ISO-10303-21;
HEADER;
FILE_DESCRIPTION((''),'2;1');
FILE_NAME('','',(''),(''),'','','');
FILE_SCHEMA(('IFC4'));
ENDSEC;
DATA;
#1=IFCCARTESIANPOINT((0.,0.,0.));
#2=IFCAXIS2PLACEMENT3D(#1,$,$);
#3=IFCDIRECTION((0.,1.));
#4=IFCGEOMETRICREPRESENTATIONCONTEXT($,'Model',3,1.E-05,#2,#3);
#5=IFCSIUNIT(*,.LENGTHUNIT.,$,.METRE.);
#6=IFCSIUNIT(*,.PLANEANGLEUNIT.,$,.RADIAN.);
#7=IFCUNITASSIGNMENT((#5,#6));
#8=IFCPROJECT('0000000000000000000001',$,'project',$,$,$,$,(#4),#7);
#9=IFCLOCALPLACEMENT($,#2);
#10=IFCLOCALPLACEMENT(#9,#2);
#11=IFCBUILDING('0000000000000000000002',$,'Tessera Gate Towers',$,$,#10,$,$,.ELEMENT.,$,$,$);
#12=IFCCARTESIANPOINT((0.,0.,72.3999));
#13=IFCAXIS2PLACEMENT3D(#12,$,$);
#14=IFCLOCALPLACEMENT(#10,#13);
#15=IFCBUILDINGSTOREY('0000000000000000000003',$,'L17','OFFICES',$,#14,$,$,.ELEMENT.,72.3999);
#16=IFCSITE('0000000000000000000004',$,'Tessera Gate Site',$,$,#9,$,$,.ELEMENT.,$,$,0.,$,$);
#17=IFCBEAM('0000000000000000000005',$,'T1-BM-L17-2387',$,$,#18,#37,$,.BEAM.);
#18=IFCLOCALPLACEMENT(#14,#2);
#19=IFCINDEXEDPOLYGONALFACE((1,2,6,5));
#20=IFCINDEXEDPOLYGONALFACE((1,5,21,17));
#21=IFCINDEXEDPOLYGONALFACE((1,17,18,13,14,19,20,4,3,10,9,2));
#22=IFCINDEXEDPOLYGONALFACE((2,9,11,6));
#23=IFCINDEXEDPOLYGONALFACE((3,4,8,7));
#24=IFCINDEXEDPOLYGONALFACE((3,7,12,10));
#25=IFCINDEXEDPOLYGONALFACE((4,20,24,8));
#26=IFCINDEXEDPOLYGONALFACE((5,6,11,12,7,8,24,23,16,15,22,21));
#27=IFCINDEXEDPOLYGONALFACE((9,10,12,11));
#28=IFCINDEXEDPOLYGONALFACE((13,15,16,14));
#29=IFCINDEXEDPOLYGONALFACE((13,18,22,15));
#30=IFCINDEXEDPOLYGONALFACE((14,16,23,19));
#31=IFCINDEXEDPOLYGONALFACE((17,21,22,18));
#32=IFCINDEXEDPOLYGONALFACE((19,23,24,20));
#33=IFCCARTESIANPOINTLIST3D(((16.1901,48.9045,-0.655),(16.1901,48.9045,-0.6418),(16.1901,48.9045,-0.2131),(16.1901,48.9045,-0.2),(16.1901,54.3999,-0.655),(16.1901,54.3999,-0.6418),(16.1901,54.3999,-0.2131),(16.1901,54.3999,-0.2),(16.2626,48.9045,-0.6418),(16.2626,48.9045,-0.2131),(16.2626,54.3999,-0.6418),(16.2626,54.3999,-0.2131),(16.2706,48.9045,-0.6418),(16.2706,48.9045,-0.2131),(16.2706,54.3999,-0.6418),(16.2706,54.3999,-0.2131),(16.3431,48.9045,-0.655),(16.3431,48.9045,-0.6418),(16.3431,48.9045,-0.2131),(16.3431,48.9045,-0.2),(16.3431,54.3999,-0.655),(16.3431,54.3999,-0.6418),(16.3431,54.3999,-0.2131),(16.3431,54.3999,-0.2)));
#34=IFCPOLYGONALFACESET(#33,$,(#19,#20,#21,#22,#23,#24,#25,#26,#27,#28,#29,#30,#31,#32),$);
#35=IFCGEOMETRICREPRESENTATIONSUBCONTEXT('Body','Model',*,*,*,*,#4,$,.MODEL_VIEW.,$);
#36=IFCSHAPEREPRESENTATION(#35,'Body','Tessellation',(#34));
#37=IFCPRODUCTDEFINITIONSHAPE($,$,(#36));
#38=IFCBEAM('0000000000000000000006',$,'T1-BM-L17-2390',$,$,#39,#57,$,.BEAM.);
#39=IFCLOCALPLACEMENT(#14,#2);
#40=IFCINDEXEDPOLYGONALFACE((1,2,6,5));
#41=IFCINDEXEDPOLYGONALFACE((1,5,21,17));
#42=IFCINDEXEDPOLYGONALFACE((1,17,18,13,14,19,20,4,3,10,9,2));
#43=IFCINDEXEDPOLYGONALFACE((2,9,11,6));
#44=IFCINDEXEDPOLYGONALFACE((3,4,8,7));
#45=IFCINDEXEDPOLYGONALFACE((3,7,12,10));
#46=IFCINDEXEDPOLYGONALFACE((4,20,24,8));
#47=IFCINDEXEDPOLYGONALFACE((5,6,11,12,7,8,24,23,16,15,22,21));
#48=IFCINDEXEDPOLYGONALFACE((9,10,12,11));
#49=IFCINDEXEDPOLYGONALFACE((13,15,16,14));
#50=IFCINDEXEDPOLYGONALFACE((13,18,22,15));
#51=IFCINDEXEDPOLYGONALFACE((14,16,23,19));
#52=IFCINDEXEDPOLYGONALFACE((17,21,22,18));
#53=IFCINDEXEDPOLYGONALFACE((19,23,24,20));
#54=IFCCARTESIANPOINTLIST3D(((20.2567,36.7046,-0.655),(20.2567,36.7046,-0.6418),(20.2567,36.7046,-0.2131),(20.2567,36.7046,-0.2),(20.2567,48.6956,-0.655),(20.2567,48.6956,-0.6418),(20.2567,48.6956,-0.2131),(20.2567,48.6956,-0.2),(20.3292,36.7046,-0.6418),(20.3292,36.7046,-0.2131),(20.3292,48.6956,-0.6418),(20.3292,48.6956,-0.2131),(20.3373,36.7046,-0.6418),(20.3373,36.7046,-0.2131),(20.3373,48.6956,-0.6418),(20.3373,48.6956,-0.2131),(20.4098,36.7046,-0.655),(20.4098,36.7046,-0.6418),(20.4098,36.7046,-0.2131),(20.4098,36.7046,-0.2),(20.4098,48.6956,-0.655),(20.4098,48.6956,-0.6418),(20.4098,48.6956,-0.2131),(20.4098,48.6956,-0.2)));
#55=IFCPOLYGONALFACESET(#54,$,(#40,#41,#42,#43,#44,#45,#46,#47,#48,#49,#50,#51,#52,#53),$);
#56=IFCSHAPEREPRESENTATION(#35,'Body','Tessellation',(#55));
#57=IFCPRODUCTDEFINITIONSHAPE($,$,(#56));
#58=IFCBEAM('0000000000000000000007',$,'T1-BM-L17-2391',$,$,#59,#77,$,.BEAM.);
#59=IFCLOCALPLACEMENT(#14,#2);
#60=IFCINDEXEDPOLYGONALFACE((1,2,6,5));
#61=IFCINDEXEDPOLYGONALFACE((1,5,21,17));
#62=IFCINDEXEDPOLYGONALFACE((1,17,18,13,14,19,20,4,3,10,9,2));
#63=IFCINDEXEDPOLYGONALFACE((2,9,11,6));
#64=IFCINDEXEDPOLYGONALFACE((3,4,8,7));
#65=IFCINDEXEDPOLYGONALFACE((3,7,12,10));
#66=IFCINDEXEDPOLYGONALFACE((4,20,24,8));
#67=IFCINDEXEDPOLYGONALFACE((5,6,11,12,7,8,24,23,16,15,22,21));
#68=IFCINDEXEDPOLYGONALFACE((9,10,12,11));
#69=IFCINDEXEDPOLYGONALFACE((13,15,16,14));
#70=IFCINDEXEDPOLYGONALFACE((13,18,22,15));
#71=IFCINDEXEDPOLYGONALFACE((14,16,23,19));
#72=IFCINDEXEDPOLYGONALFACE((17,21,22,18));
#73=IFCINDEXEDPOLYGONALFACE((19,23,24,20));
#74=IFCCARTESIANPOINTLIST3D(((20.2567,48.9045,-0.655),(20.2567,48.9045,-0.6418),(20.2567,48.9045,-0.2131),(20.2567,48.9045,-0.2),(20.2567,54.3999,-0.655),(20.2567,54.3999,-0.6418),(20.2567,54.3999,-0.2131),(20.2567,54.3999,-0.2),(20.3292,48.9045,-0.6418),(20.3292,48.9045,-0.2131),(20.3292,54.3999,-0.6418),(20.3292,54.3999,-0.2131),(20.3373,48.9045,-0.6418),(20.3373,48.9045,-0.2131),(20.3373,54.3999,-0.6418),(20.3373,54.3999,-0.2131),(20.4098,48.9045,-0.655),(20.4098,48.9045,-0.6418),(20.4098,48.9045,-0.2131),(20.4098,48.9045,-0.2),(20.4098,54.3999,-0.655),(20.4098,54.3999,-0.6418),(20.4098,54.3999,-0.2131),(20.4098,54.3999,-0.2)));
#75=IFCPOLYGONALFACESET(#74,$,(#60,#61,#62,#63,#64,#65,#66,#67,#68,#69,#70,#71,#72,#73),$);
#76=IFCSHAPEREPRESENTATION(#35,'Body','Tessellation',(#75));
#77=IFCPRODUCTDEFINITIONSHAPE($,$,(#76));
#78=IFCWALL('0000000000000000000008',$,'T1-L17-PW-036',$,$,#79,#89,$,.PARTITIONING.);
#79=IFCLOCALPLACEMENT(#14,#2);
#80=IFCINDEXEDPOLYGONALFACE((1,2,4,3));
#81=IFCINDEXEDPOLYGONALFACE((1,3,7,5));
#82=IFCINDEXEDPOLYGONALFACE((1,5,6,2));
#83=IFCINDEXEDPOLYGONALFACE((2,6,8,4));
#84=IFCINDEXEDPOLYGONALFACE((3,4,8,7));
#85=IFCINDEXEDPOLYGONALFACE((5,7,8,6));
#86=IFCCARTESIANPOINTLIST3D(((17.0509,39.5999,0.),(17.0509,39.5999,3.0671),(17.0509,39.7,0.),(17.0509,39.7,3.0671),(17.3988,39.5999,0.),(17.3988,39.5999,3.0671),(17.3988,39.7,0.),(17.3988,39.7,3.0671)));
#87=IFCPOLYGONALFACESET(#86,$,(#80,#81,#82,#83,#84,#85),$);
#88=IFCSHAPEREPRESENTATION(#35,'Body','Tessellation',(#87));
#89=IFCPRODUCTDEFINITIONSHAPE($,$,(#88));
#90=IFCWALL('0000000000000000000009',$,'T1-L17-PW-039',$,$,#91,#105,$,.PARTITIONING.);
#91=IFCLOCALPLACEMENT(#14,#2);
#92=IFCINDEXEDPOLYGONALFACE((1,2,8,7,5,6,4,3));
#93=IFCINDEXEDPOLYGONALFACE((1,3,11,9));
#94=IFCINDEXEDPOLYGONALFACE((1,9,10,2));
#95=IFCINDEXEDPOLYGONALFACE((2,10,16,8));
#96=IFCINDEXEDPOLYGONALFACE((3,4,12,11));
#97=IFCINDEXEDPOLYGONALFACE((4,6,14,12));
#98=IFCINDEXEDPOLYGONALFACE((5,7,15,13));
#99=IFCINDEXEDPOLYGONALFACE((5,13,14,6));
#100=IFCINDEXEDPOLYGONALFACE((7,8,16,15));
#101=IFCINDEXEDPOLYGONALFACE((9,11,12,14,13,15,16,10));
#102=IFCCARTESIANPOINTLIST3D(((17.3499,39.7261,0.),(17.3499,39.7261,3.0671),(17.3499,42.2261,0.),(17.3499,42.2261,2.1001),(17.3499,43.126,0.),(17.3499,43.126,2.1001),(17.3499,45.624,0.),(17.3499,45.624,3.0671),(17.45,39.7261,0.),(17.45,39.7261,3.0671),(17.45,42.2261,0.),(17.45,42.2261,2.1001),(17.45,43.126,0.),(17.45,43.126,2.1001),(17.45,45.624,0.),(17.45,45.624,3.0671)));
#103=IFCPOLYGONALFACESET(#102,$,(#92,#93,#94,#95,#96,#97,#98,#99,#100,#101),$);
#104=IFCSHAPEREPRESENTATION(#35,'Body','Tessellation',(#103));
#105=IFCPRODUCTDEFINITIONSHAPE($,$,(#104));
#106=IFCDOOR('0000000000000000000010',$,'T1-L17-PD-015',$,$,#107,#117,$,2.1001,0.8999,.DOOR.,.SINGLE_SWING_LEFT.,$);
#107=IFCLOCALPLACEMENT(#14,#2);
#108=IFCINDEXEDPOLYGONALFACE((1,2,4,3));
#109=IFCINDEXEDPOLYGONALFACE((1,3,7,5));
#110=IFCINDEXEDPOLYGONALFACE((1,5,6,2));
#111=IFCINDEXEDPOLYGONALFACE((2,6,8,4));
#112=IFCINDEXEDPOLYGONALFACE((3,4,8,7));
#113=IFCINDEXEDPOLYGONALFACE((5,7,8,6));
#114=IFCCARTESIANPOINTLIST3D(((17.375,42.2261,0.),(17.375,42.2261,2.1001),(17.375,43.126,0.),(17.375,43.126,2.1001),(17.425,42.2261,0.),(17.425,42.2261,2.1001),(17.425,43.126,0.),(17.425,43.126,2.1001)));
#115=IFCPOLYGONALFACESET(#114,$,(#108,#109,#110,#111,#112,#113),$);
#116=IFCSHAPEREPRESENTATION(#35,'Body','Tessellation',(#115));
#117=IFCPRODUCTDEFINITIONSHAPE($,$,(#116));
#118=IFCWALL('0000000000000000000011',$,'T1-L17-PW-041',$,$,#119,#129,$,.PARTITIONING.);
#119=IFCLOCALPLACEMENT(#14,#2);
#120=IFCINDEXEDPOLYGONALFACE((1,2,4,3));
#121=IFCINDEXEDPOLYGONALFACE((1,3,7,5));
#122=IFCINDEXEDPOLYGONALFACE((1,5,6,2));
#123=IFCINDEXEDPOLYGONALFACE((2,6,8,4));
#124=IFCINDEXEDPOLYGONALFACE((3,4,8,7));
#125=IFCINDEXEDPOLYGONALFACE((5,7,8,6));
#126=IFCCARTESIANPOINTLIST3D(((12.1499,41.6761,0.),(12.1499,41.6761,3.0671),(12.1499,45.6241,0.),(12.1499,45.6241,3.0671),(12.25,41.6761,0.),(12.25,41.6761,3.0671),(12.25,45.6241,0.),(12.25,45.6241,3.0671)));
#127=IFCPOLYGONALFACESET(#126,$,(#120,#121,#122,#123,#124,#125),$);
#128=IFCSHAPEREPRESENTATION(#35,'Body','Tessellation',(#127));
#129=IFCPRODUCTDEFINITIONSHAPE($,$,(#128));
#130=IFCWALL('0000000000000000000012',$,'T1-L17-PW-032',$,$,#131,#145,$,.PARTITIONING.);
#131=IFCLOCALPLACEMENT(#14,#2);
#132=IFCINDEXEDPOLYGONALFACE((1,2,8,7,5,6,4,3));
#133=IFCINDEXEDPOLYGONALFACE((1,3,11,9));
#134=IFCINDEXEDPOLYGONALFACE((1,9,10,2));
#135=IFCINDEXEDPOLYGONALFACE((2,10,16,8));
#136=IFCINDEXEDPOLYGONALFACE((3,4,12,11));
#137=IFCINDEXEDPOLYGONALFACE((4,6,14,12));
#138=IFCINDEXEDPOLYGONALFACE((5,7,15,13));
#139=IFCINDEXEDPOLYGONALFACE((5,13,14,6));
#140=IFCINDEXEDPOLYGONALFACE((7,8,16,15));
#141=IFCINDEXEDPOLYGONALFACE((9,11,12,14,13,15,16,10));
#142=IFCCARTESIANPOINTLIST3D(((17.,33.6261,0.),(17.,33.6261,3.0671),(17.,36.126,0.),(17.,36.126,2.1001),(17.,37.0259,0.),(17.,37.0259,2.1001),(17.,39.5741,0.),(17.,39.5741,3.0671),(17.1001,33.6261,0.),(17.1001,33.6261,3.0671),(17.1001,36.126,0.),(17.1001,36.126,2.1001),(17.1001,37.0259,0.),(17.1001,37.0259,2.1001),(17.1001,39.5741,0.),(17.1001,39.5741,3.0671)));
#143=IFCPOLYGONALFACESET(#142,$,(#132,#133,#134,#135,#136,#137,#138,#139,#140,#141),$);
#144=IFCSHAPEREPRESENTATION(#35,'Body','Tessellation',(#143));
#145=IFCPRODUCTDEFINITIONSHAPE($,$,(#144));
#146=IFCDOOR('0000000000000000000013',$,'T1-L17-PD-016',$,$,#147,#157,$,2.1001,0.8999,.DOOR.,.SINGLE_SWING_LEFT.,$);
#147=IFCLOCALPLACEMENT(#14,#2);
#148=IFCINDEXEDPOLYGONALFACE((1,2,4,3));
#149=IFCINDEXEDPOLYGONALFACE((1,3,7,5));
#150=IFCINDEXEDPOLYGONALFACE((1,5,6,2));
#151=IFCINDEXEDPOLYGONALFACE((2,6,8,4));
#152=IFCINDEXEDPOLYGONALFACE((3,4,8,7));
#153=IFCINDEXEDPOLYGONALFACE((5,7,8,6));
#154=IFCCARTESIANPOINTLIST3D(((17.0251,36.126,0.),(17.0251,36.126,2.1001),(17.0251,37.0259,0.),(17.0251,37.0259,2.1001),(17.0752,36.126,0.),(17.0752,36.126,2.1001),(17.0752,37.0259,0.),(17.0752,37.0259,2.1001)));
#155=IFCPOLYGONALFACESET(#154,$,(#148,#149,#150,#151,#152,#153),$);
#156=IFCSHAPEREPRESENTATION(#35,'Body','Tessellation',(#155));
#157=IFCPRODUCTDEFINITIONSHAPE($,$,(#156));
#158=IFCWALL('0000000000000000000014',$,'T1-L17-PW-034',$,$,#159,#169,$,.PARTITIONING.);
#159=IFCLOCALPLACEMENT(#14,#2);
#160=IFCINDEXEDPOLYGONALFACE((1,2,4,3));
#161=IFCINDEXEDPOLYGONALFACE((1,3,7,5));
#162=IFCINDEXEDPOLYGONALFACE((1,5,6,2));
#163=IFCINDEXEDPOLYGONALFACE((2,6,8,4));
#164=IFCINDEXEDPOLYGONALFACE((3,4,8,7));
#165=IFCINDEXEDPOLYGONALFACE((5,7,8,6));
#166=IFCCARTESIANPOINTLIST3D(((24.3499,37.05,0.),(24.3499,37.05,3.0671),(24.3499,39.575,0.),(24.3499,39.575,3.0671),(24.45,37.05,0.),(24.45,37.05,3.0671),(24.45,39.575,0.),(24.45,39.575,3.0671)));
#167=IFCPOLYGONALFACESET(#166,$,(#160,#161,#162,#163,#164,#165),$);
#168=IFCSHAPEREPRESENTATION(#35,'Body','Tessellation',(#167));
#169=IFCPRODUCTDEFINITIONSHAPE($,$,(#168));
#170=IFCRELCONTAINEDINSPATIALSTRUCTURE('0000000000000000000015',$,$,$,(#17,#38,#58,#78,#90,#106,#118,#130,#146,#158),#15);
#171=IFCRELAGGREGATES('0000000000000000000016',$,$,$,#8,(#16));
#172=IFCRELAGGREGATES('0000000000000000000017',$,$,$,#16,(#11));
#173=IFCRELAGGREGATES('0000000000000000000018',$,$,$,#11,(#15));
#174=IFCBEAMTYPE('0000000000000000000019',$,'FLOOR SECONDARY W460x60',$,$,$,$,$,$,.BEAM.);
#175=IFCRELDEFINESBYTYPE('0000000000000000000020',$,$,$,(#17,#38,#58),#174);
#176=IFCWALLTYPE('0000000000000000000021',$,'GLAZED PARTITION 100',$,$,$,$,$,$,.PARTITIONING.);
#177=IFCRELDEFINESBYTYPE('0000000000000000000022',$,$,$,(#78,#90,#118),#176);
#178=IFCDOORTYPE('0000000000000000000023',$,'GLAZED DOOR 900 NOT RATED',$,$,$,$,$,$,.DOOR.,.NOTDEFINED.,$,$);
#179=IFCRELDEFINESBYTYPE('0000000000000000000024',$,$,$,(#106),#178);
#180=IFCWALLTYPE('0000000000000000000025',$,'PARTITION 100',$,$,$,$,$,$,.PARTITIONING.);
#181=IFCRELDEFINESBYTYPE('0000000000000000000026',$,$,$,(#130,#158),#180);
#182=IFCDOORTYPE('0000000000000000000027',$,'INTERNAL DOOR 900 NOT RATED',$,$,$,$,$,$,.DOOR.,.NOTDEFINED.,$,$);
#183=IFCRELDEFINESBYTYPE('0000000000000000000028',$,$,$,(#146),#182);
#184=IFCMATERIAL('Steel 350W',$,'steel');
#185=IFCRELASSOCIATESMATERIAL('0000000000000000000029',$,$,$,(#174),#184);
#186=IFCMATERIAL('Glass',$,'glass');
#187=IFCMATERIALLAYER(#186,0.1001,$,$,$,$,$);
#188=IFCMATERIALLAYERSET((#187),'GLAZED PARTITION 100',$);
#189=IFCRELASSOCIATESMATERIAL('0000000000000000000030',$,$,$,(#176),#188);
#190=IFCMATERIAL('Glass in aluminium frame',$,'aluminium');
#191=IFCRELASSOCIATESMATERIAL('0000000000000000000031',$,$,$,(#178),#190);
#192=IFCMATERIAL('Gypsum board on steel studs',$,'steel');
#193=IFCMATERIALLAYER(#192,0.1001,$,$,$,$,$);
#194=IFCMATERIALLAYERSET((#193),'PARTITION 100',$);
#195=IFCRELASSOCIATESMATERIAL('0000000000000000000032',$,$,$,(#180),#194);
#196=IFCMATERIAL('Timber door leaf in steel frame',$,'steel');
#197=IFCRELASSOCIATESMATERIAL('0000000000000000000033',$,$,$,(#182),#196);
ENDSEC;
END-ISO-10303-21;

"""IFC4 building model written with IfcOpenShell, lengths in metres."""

from ifc_helpers import new_model, si_unit, direction, frame, frame_2d, origin, origin_2d, place, context, subcontext, project, spatial, rectangle, i_section, extrude, source, transform, mapped, material, layer, layer_set, material_profile, profile_set, type_object, element, fill, save


model = new_model("IFC4")

# Units and contexts
model_context = context("Model", 3, precision=1e-05, world=origin(), true_north=direction((0.0, 1.0)))
body_context = subcontext(model_context, "Body", "Model", "MODEL_VIEW")
ifc_project = project(units=[si_unit("LENGTHUNIT", "METRE"), si_unit("PLANEANGLEUNIT", "RADIAN")], contexts=[model_context])

# Site, building, storey
site_placement = place(None, origin())
site = spatial("IfcSite", under=ifc_project, at=site_placement, Name="Tessera Gate Site", CompositionType="ELEMENT", RefElevation=0.0)
building_placement = place(site_placement, origin())
building = spatial("IfcBuilding", under=site, at=building_placement, Name="Tessera Gate Towers", CompositionType="ELEMENT")
storey_placement = place(building_placement, frame((0.0, 0.0, 72.3999)))
storey = spatial("IfcBuildingStorey", under=building, at=storey_placement, Name="L17", Description="OFFICES", CompositionType="ELEMENT", Elevation=72.3999)

# Beams
ifc_material_1 = material(Name="Steel 350W", Category="steel")
ifc_material_profile_1 = material_profile(ifc_material_1, i_section(OverallWidth=0.1531, OverallDepth=0.4551, WebThickness=0.0081, FlangeThickness=0.0132, at=origin_2d()), Name="W460x60")
ifc_profile_set_1 = profile_set([ifc_material_profile_1], Name="Steel 350W")
beam_type_1 = type_object("IfcBeamType", Name="FLOOR SECONDARY W460x60", PredefinedType="BEAM", material=ifc_profile_set_1)
beam_1_placement = place(storey_placement, frame((16.2666, 48.9045, -0.4275), z_axis=(0.0, 1.0, 0.0), x_axis=(-1.0, 0.0, 0.0)))
element("IfcBeam", 1, at=beam_1_placement, inside=storey, type_object=beam_type_1, Name="T1-BM-L17-2387", PredefinedType="BEAM", context=body_context, shape_type="SweptSolid", body=[
    extrude(i_section(OverallWidth=0.1531, OverallDepth=0.4551, WebThickness=0.0081, FlangeThickness=0.0132, at=origin_2d()), origin(), (0.0, 0.0, 1.0), 5.4954),
])
beam_2_placement = place(storey_placement, frame((20.3333, 36.7046, -0.4275), z_axis=(0.0, 1.0, 0.0), x_axis=(-1.0, 0.0, 0.0)))
element("IfcBeam", 2, at=beam_2_placement, inside=storey, type_object=beam_type_1, Name="T1-BM-L17-2390", PredefinedType="BEAM", context=body_context, shape_type="SweptSolid", body=[
    extrude(i_section(OverallWidth=0.1531, OverallDepth=0.4551, WebThickness=0.0081, FlangeThickness=0.0132, at=origin_2d()), origin(), (0.0, 0.0, 1.0), 11.991),
])
beam_3_placement = place(storey_placement, frame((20.3333, 48.9045, -0.4275), z_axis=(0.0, 1.0, 0.0), x_axis=(-1.0, 0.0, 0.0)))
element("IfcBeam", 3, at=beam_3_placement, inside=storey, type_object=beam_type_1, Name="T1-BM-L17-2391", PredefinedType="BEAM", context=body_context, shape_type="SweptSolid", body=[
    extrude(i_section(OverallWidth=0.1531, OverallDepth=0.4551, WebThickness=0.0081, FlangeThickness=0.0132, at=origin_2d()), origin(), (0.0, 0.0, 1.0), 5.4954),
])

# Wall
ifc_material_2 = material(Name="Glass", Category="glass")
ifc_layer_1 = layer(ifc_material_2, 0.1001)
ifc_layer_set_1 = layer_set([ifc_layer_1], Name="GLAZED PARTITION 100")
wall_type_1 = type_object("IfcWallType", Name="GLAZED PARTITION 100", PredefinedType="PARTITIONING", material=ifc_layer_set_1)
wall_1_placement = place(storey_placement, frame((17.051, 39.6499, 0.0), z_axis=(0.0, 0.0, 1.0), x_axis=(1.0, 0.0, 0.0)))
element("IfcWall", 4, at=wall_1_placement, inside=storey, type_object=wall_type_1, Name="T1-L17-PW-036", PredefinedType="PARTITIONING", context=body_context, shape_type="SweptSolid", body=[
    extrude(rectangle(XDim=0.3479, YDim=0.1001, at=frame_2d((0.1738, 0.0))), origin(), (0.0, 0.0, 1.0), 3.0671),
])

# Wall, opening, door
wall_2_placement = place(storey_placement, frame((17.3999, 39.7261, 0.0), z_axis=(0.0, 0.0, 1.0), x_axis=(0.0, 1.0, 0.0)))
wall_2 = element("IfcWall", 5, at=wall_2_placement, inside=storey, type_object=wall_type_1, Name="T1-L17-PW-039", PredefinedType="PARTITIONING", context=body_context, shape_type="SweptSolid", body=[
    extrude(rectangle(XDim=5.8979, YDim=0.1001, at=frame_2d((2.949, 0.0))), origin(), (0.0, 0.0, 1.0), 3.0671),
])
shared_shape_1 = source(origin(), body_context, "Body", "SweptSolid", [
    extrude(rectangle(XDim=0.8999, YDim=2.1001, at=frame_2d((0.45, 1.05))), frame((0.0, 0.0601, 0.0), z_axis=(0.0, -1.0, 0.0), x_axis=(1.0, 0.0, 0.0)), (0.0, 0.0, 1.0), 0.1201),
])
opening_1_placement = place(wall_2_placement, frame((2.5, 0.0, 0.0)))
opening_1 = element("IfcOpeningElement", 6, at=opening_1_placement, cuts=wall_2, PredefinedType="OPENING", context=body_context, shape_type="MappedRepresentation", body=[
    mapped(shared_shape_1, transform((0.0, 0.0, 0.0), scale=1.0)),
])
ifc_material_3 = material(Name="Glass in aluminium frame", Category="aluminium")
door_type_1 = type_object("IfcDoorType", Name="GLAZED DOOR 900 NOT RATED", OperationType="NOTDEFINED", PredefinedType="DOOR", material=ifc_material_3)
shared_shape_2 = source(origin(), body_context, "Body", "SweptSolid", [
    extrude(rectangle(XDim=0.8999, YDim=2.1001, at=frame_2d((0.45, 1.05))), frame((0.0, 0.0249, 0.0), z_axis=(0.0, -1.0, 0.0), x_axis=(1.0, 0.0, 0.0)), (0.0, 0.0, 1.0), 0.05),
])
door_1_placement = place(opening_1_placement, origin())
door_1 = element("IfcDoor", 7, at=door_1_placement, inside=storey, type_object=door_type_1, Name="T1-L17-PD-015", OperationType="SINGLE_SWING_LEFT", OverallHeight=2.1001, OverallWidth=0.8999, PredefinedType="DOOR", context=body_context, shape_type="MappedRepresentation", body=[
    mapped(shared_shape_2, transform((0.0, 0.0, 0.0), scale=1.0)),
])
fill(opening_1, door_1)

# Wall
wall_3_placement = place(storey_placement, frame((12.2, 41.676, 0.0), z_axis=(0.0, 0.0, 1.0), x_axis=(0.0, 1.0, 0.0)))
element("IfcWall", 8, at=wall_3_placement, inside=storey, type_object=wall_type_1, Name="T1-L17-PW-041", PredefinedType="PARTITIONING", context=body_context, shape_type="SweptSolid", body=[
    extrude(rectangle(XDim=3.948, YDim=0.1001, at=frame_2d((1.9741, 0.0))), origin(), (0.0, 0.0, 1.0), 3.0671),
])

# Wall, opening, door
ifc_material_4 = material(Name="Gypsum board on steel studs", Category="steel")
ifc_layer_2 = layer(ifc_material_4, 0.1001)
ifc_layer_set_2 = layer_set([ifc_layer_2], Name="PARTITION 100")
wall_type_2 = type_object("IfcWallType", Name="PARTITION 100", PredefinedType="PARTITIONING", material=ifc_layer_set_2)
wall_4_placement = place(storey_placement, frame((17.05, 33.626, 0.0), z_axis=(0.0, 0.0, 1.0), x_axis=(0.0, 1.0, 0.0)))
wall_4 = element("IfcWall", 9, at=wall_4_placement, inside=storey, type_object=wall_type_2, Name="T1-L17-PW-032", PredefinedType="PARTITIONING", context=body_context, shape_type="SweptSolid", body=[
    extrude(rectangle(XDim=5.948, YDim=0.1001, at=frame_2d((2.9741, 0.0))), origin(), (0.0, 0.0, 1.0), 3.0671),
])
opening_2_placement = place(wall_4_placement, frame((2.5, 0.0, 0.0)))
opening_2 = element("IfcOpeningElement", 10, at=opening_2_placement, cuts=wall_4, PredefinedType="OPENING", context=body_context, shape_type="MappedRepresentation", body=[
    mapped(shared_shape_1, transform((0.0, 0.0, 0.0), scale=1.0)),
])
ifc_material_5 = material(Name="Timber door leaf in steel frame", Category="steel")
door_type_2 = type_object("IfcDoorType", Name="INTERNAL DOOR 900 NOT RATED", OperationType="NOTDEFINED", PredefinedType="DOOR", material=ifc_material_5)
door_2_placement = place(opening_2_placement, origin())
door_2 = element("IfcDoor", 11, at=door_2_placement, inside=storey, type_object=door_type_2, Name="T1-L17-PD-016", OperationType="SINGLE_SWING_LEFT", OverallHeight=2.1001, OverallWidth=0.8999, PredefinedType="DOOR", context=body_context, shape_type="MappedRepresentation", body=[
    mapped(shared_shape_2, transform((0.0, 0.0, 0.0), scale=1.0)),
])
fill(opening_2, door_2)

# Wall
wall_5_placement = place(storey_placement, frame((24.3999, 37.05, 0.0), z_axis=(0.0, 0.0, 1.0), x_axis=(0.0, 1.0, 0.0)))
element("IfcWall", 12, at=wall_5_placement, inside=storey, type_object=wall_type_2, Name="T1-L17-PW-034", PredefinedType="PARTITIONING", context=body_context, shape_type="SweptSolid", body=[
    extrude(rectangle(XDim=2.5249, YDim=0.1001, at=frame_2d((1.2625, 0.0))), origin(), (0.0, 0.0, 1.0), 3.0671),
])

save(model, "model.ifc")
